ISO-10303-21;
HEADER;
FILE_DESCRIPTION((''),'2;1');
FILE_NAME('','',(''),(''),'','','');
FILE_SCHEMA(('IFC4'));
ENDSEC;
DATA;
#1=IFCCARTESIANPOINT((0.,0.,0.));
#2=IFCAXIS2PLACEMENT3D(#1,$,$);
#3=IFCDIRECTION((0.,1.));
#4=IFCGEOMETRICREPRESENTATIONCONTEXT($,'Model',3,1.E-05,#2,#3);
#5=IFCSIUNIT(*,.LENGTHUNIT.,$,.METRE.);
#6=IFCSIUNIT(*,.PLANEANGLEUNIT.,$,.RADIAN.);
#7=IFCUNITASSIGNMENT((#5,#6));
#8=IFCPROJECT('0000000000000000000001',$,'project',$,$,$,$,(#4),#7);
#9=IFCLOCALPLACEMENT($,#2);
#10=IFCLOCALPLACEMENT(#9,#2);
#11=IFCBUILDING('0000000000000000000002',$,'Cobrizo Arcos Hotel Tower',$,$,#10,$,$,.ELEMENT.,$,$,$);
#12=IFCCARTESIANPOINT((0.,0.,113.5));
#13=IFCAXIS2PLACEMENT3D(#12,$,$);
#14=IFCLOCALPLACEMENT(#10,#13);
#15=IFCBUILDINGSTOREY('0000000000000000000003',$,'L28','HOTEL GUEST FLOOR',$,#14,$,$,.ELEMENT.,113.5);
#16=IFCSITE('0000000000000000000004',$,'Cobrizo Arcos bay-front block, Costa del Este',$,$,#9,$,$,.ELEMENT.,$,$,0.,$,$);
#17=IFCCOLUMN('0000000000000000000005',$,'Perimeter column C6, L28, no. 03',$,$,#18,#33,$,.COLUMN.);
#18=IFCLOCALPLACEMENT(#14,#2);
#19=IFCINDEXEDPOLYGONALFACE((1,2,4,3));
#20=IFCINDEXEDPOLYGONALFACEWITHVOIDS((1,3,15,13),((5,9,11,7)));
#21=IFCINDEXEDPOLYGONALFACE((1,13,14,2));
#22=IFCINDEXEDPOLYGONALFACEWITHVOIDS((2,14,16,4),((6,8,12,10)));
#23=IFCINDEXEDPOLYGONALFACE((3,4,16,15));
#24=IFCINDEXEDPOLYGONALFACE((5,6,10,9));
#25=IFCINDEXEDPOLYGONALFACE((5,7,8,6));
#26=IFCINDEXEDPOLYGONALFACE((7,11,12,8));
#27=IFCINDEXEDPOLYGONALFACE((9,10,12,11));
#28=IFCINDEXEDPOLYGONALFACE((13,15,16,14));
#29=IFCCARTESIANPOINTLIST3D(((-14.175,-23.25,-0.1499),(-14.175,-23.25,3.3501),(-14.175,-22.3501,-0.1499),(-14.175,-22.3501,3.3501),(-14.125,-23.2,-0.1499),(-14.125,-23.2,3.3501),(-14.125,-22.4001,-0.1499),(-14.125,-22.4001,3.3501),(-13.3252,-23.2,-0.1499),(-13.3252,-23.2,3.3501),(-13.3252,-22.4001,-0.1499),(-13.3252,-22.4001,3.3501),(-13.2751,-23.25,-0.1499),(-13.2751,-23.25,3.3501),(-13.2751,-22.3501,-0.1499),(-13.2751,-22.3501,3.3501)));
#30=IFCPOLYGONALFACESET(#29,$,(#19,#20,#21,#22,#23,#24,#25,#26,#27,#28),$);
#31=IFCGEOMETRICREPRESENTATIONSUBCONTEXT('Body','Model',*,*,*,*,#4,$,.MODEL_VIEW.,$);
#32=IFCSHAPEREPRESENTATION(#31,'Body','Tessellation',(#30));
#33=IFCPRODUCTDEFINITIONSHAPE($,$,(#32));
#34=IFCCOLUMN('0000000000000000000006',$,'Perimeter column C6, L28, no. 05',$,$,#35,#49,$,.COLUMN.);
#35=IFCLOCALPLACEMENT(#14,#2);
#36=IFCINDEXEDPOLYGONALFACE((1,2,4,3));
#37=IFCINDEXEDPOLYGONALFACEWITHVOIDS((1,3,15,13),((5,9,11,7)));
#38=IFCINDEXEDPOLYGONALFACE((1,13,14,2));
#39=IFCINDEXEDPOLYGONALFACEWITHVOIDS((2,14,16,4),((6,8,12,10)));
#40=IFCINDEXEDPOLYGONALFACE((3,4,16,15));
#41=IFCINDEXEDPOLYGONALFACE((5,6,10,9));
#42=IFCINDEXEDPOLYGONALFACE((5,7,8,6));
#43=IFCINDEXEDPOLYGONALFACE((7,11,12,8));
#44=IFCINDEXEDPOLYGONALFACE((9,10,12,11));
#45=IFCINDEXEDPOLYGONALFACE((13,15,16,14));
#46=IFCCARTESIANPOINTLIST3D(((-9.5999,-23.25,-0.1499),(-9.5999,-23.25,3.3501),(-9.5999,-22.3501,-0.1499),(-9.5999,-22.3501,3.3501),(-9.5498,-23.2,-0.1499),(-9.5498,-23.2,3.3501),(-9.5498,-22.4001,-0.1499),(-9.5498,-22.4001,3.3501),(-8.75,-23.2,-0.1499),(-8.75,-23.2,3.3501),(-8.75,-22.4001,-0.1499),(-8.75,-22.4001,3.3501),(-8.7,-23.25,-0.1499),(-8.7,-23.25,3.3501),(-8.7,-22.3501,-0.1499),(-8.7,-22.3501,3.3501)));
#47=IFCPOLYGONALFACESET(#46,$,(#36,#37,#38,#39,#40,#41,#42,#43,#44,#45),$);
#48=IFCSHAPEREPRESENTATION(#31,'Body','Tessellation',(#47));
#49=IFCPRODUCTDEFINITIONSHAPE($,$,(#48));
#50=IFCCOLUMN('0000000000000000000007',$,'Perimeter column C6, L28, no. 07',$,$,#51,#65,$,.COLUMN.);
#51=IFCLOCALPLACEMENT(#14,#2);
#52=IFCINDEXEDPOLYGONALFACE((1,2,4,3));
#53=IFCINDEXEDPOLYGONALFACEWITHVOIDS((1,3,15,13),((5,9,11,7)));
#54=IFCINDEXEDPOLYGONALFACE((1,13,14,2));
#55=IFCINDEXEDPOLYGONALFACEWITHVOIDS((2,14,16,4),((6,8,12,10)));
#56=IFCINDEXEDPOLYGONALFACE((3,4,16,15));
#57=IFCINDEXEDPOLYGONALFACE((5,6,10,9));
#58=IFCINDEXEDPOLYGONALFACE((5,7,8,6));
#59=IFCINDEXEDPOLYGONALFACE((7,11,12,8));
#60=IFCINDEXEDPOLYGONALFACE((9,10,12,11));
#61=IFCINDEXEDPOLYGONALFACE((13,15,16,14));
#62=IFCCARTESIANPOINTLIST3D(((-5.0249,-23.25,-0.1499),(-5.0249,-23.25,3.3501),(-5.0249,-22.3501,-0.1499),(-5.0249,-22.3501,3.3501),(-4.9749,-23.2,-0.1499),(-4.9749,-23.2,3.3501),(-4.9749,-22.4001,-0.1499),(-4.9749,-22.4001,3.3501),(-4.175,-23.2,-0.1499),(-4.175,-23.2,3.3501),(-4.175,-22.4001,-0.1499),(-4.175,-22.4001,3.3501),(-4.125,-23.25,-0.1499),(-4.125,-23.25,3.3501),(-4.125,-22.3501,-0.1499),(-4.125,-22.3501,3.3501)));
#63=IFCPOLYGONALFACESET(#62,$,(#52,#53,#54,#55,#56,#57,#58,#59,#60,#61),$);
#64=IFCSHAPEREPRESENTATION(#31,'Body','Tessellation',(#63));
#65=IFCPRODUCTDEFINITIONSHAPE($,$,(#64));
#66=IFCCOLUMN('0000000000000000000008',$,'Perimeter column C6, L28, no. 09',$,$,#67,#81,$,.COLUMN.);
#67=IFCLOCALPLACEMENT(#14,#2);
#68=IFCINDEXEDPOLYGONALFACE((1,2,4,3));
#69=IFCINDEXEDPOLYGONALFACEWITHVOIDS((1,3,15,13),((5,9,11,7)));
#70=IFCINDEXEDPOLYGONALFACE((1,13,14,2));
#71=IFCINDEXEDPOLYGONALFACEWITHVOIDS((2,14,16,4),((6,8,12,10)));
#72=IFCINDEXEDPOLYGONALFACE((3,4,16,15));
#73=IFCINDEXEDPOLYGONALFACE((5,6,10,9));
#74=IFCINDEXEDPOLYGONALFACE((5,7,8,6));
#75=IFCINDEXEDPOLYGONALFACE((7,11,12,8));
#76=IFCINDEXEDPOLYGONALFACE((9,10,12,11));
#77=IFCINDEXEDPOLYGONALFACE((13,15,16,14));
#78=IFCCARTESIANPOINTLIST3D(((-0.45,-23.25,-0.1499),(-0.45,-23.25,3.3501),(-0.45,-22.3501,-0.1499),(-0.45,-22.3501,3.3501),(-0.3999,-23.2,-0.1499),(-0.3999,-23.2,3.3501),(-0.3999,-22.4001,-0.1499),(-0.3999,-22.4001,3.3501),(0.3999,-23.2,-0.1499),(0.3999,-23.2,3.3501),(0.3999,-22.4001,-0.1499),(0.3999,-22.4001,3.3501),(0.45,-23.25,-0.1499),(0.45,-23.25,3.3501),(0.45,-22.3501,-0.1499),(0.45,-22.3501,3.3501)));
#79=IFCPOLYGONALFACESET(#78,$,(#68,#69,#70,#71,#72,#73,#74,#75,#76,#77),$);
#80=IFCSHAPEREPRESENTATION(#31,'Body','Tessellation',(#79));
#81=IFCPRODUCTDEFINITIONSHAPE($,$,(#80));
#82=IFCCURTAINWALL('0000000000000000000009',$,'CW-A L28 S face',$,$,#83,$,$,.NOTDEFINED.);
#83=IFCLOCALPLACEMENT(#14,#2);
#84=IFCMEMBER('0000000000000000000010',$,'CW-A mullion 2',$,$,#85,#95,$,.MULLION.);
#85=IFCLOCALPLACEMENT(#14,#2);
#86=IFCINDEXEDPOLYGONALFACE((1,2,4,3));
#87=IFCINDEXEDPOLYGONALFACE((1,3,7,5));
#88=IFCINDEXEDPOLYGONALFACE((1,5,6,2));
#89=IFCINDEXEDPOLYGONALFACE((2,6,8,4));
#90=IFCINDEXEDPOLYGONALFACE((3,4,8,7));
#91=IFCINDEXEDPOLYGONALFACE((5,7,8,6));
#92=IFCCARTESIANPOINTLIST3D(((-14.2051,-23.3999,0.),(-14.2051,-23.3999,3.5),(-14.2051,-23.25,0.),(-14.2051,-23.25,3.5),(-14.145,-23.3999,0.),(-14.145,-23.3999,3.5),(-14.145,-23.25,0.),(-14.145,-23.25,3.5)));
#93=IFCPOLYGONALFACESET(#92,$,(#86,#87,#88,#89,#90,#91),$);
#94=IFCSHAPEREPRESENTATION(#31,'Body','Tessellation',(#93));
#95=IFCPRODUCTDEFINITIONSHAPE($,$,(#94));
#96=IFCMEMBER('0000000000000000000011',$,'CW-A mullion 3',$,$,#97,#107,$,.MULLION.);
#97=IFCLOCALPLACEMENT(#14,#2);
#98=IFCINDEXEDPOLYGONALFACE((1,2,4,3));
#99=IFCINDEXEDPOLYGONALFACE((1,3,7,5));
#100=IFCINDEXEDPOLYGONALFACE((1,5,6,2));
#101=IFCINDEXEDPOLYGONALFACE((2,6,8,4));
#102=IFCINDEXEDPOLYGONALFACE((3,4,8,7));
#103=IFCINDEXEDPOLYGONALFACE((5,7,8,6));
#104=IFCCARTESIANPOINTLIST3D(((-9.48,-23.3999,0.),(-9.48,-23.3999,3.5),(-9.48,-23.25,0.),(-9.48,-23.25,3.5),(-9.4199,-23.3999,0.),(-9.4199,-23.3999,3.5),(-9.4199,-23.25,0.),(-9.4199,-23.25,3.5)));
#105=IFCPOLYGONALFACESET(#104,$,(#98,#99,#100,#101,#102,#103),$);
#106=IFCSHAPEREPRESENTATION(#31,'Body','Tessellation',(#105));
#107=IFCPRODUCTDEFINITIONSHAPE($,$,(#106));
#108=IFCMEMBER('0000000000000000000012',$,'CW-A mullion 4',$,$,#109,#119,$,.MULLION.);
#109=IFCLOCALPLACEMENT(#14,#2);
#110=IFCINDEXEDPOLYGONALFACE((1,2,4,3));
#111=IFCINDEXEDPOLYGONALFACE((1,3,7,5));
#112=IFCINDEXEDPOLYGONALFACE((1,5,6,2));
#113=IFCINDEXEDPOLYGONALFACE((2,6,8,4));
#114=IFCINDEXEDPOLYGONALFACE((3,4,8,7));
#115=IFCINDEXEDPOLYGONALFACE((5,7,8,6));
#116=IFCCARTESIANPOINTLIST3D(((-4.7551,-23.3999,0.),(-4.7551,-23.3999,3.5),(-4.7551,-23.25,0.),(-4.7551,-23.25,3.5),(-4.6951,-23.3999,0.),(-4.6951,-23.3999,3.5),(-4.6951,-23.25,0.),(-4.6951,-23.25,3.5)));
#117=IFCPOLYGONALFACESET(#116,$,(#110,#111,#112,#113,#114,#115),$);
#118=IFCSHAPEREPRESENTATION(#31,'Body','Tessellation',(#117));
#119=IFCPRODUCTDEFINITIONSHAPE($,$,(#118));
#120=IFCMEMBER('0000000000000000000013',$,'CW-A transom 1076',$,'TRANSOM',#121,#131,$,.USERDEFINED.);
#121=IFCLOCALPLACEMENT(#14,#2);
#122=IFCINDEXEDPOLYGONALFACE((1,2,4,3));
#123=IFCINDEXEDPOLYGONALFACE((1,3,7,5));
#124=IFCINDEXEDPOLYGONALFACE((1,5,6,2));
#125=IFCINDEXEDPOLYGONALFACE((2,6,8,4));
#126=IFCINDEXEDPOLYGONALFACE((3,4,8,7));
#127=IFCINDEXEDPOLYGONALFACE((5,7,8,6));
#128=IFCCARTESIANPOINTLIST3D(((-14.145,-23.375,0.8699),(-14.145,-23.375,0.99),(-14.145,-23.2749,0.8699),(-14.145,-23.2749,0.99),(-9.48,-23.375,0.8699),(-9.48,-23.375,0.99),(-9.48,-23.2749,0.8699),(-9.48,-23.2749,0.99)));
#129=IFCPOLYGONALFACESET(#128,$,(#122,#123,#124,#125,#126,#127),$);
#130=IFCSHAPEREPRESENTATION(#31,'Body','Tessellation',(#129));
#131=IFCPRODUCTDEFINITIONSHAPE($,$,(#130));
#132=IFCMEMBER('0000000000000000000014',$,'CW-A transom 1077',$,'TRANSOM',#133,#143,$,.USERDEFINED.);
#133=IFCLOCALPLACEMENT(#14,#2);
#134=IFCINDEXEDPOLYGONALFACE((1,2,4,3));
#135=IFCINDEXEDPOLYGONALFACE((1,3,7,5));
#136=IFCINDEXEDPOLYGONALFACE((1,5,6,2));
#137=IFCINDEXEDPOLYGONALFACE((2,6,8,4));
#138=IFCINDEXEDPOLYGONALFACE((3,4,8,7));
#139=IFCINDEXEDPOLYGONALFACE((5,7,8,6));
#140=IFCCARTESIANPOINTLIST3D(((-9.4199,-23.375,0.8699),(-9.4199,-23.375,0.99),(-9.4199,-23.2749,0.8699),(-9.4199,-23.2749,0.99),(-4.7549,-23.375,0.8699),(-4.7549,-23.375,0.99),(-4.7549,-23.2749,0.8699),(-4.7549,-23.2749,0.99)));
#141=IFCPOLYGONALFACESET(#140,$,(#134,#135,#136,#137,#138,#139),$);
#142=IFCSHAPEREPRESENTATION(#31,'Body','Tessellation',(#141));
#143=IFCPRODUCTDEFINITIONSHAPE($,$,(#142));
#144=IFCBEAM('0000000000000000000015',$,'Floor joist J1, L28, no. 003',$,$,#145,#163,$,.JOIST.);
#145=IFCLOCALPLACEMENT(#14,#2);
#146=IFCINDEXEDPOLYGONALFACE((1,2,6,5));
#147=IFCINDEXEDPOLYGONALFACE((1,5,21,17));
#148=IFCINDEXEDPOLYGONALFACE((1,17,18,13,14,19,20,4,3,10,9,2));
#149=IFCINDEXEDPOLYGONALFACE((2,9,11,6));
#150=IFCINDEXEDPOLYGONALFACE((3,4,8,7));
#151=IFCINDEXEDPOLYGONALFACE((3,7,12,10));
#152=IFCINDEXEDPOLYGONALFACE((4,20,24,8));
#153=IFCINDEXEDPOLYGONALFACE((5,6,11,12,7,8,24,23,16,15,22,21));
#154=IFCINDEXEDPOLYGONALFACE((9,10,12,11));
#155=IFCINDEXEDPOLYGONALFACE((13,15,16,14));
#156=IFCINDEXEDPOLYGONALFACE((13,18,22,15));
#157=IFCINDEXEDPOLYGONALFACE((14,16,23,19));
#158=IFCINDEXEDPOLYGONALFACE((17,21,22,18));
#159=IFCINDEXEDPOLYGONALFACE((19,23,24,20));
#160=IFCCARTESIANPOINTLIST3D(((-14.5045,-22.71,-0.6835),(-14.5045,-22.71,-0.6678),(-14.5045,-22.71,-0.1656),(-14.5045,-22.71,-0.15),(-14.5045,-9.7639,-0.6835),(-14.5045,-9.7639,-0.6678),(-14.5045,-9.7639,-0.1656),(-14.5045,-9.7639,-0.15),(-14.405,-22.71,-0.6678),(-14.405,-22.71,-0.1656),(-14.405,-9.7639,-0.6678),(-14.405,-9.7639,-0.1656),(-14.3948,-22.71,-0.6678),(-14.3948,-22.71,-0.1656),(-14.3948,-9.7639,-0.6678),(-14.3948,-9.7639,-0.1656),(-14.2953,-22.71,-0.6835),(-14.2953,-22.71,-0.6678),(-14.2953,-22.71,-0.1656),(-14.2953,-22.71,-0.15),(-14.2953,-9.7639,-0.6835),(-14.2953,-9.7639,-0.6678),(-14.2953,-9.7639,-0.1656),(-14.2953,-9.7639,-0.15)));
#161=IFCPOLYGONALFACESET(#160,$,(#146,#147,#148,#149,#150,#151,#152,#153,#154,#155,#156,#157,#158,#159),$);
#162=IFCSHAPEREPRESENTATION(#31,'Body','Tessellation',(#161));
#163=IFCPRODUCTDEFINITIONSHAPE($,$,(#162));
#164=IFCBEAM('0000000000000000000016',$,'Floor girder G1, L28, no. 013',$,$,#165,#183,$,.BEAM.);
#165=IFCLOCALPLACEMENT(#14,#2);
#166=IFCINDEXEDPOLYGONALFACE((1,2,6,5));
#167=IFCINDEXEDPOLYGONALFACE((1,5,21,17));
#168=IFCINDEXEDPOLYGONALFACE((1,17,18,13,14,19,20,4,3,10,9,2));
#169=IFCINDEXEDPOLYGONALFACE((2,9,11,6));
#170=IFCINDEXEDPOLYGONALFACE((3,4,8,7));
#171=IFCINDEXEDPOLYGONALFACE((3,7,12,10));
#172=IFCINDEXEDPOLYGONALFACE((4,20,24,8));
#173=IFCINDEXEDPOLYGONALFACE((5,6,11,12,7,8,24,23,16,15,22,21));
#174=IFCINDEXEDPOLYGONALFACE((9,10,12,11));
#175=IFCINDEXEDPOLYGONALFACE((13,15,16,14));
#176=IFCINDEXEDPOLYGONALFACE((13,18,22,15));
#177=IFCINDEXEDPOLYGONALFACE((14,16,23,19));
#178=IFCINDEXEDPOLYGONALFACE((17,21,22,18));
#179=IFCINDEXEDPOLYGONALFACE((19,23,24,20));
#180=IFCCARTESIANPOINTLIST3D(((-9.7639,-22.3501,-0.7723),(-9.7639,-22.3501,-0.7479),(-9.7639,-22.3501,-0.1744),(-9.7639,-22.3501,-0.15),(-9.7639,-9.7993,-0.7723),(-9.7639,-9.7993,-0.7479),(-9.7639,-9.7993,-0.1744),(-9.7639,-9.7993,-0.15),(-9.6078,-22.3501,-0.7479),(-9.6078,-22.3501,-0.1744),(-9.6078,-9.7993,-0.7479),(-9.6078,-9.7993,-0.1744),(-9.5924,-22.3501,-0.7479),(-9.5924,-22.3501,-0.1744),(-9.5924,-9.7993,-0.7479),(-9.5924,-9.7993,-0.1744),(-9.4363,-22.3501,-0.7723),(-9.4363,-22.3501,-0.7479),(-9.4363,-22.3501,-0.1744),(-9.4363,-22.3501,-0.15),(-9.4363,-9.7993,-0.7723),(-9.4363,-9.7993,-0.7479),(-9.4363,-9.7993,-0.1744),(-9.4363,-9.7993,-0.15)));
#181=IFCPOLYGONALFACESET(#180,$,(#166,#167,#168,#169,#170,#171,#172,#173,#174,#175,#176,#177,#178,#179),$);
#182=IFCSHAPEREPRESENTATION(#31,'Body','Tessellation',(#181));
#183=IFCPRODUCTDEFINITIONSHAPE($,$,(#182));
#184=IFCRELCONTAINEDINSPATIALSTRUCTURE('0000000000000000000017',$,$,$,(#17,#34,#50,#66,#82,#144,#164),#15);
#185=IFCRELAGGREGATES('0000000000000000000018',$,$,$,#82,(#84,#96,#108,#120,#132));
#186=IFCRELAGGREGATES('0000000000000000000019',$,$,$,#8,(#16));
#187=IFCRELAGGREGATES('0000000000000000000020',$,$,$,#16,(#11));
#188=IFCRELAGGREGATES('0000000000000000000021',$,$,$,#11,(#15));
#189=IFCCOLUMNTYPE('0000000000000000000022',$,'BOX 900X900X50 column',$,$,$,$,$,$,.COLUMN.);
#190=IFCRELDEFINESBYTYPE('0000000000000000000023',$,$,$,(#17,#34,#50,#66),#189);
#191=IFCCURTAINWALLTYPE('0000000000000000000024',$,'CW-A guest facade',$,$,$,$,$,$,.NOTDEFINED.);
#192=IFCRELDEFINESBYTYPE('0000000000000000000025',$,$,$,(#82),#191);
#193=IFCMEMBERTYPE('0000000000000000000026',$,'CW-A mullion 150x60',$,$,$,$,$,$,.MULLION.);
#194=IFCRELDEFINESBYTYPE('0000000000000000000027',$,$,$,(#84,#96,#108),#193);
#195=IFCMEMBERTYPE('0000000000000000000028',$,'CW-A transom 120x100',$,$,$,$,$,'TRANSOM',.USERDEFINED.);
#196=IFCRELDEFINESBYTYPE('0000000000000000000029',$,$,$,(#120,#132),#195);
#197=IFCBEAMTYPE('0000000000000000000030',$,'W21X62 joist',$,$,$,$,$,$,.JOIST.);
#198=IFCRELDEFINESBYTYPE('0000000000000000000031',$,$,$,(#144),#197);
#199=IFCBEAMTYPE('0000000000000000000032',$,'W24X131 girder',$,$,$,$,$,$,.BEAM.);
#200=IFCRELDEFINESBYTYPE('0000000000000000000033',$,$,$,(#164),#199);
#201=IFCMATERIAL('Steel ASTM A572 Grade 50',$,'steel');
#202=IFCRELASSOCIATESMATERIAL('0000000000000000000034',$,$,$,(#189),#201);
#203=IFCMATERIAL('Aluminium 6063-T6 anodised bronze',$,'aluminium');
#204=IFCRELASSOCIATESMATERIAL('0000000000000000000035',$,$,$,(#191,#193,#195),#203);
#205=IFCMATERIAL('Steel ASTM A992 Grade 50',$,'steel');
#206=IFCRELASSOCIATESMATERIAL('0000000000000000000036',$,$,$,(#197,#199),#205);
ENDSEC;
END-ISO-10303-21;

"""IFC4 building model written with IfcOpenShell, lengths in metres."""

from ifc_helpers import new_model, si_unit, direction, frame, origin, origin_2d, place, context, subcontext, project, spatial, rectangle, hollow_rectangle, i_section, extrude, material, material_profile, profile_set, type_object, element, aggregate, save


model = new_model("IFC4")

# Units and contexts
model_context = context("Model", 3, precision=1e-05, world=origin(), true_north=direction((0.0, 1.0)))
body_context = subcontext(model_context, "Body", "Model", "MODEL_VIEW")
ifc_project = project(units=[si_unit("LENGTHUNIT", "METRE"), si_unit("PLANEANGLEUNIT", "RADIAN")], contexts=[model_context])

# Site, building, storey
site_placement = place(None, origin())
site = spatial("IfcSite", under=ifc_project, at=site_placement, Name="Cobrizo Arcos bay-front block, Costa del Este", CompositionType="ELEMENT", RefElevation=0.0)
building_placement = place(site_placement, origin())
building = spatial("IfcBuilding", under=site, at=building_placement, Name="Cobrizo Arcos Hotel Tower", CompositionType="ELEMENT")
storey_placement = place(building_placement, frame((0.0, 0.0, 113.5)))
storey = spatial("IfcBuildingStorey", under=building, at=storey_placement, Name="L28", Description="HOTEL GUEST FLOOR", CompositionType="ELEMENT", Elevation=113.5)

# Columns
ifc_material_1 = material(Name="Steel ASTM A572 Grade 50", Category="steel")
ifc_material_profile_1 = material_profile(ifc_material_1, hollow_rectangle(XDim=0.8999, YDim=0.8999, WallThickness=0.05, at=origin_2d()), Name="BOX 900X900X50")
ifc_profile_set_1 = profile_set([ifc_material_profile_1], Name="Steel ASTM A572 Grade 50")
column_type = type_object("IfcColumnType", Name="BOX 900X900X50 column", PredefinedType="COLUMN", material=ifc_profile_set_1)
for number, where, z_axis, x_axis, name in (
    (1, (-13.7251, -22.8, -0.1499), (0.0, 0.0, 1.0), (1.0, 0.0, 0.0), "Perimeter column C6, L28, no. 03"),
    (2, (-9.1499, -22.8, -0.1499), (0.0, 0.0, 1.0), (1.0, 0.0, 0.0), "Perimeter column C6, L28, no. 05"),
    (3, (-4.575, -22.8, -0.1499), (0.0, 0.0, 1.0), (1.0, 0.0, 0.0), "Perimeter column C6, L28, no. 07"),
    (4, (0.0, -22.8, -0.1499), (0.0, 0.0, 1.0), (1.0, 0.0, 0.0), "Perimeter column C6, L28, no. 09"),
):
    element("IfcColumn", number, at=place(storey_placement, frame(where, z_axis=z_axis, x_axis=x_axis)), inside=storey, type_object=column_type, Name=name, PredefinedType="COLUMN", context=body_context, shape_type="SweptSolid", body=[
        extrude(hollow_rectangle(XDim=0.8999, YDim=0.8999, WallThickness=0.05, at=origin_2d()), origin(), (0.0, 0.0, 1.0), 3.5),
    ])

# Curtain wall, members
ifc_material_2 = material(Name="Aluminium 6063-T6 anodised bronze", Category="aluminium")
curtain_wall_type = type_object("IfcCurtainWallType", Name="CW-A guest facade", PredefinedType="NOTDEFINED", material=ifc_material_2)
curtain_wall_placement = place(storey_placement, origin())
curtain_wall = element("IfcCurtainWall", 5, at=curtain_wall_placement, inside=storey, type_object=curtain_wall_type, Name="CW-A L28 S face", PredefinedType="NOTDEFINED")
ifc_material_profile_2 = material_profile(ifc_material_2, rectangle(XDim=0.1499, YDim=0.0601, at=origin_2d()), Name="CW-A mullion 150x60")
ifc_profile_set_2 = profile_set([ifc_material_profile_2], Name="Aluminium 6063-T6 anodised bronze")
member_type_1 = type_object("IfcMemberType", Name="CW-A mullion 150x60", PredefinedType="MULLION", material=ifc_profile_set_2)
member_1_placement = place(storey_placement, frame((-14.175, -23.325, 0.0), z_axis=(0.0, 0.0, 1.0), x_axis=(0.0, -1.0, 0.0)))
member_1 = element("IfcMember", 6, at=member_1_placement, type_object=member_type_1, Name="CW-A mullion 2", PredefinedType="MULLION", context=body_context, shape_type="SweptSolid", body=[
    extrude(rectangle(XDim=0.1499, YDim=0.0601, at=origin_2d()), origin(), (0.0, 0.0, 1.0), 3.5),
])
member_2_placement = place(storey_placement, frame((-9.45, -23.325, 0.0), z_axis=(0.0, 0.0, 1.0), x_axis=(0.0, -1.0, 0.0)))
member_2 = element("IfcMember", 7, at=member_2_placement, type_object=member_type_1, Name="CW-A mullion 3", PredefinedType="MULLION", context=body_context, shape_type="SweptSolid", body=[
    extrude(rectangle(XDim=0.1499, YDim=0.0601, at=origin_2d()), origin(), (0.0, 0.0, 1.0), 3.5),
])
member_3_placement = place(storey_placement, frame((-4.7251, -23.325, 0.0), z_axis=(0.0, 0.0, 1.0), x_axis=(0.0, -1.0, 0.0)))
member_3 = element("IfcMember", 8, at=member_3_placement, type_object=member_type_1, Name="CW-A mullion 4", PredefinedType="MULLION", context=body_context, shape_type="SweptSolid", body=[
    extrude(rectangle(XDim=0.1499, YDim=0.0601, at=origin_2d()), origin(), (0.0, 0.0, 1.0), 3.5),
])
ifc_material_profile_3 = material_profile(ifc_material_2, rectangle(XDim=0.1001, YDim=0.1201, at=origin_2d()), Name="CW-A transom 120x100")
ifc_profile_set_3 = profile_set([ifc_material_profile_3], Name="Aluminium 6063-T6 anodised bronze")
member_type_2 = type_object("IfcMemberType", Name="CW-A transom 120x100", ElementType="TRANSOM", PredefinedType="USERDEFINED", material=ifc_profile_set_3)
member_4_placement = place(storey_placement, frame((-14.145, -23.325, 0.9299), z_axis=(1.0, 0.0, 0.0), x_axis=(0.0, 1.0, 0.0)))
member_4 = element("IfcMember", 9, at=member_4_placement, type_object=member_type_2, Name="CW-A transom 1076", ObjectType="TRANSOM", PredefinedType="USERDEFINED", context=body_context, shape_type="SweptSolid", body=[
    extrude(rectangle(XDim=0.1001, YDim=0.1201, at=origin_2d()), origin(), (0.0, 0.0, 1.0), 4.665),
])
member_5_placement = place(storey_placement, frame((-9.4199, -23.325, 0.9299), z_axis=(1.0, 0.0, 0.0), x_axis=(0.0, 1.0, 0.0)))
member_5 = element("IfcMember", 10, at=member_5_placement, type_object=member_type_2, Name="CW-A transom 1077", ObjectType="TRANSOM", PredefinedType="USERDEFINED", context=body_context, shape_type="SweptSolid", body=[
    extrude(rectangle(XDim=0.1001, YDim=0.1201, at=origin_2d()), origin(), (0.0, 0.0, 1.0), 4.665),
])

# Beams
ifc_material_3 = material(Name="Steel ASTM A992 Grade 50", Category="steel")
ifc_material_profile_4 = material_profile(ifc_material_3, i_section(OverallWidth=0.2092, OverallDepth=0.5334, WebThickness=0.0103, FlangeThickness=0.0156, at=origin_2d()), Name="W21X62")
ifc_profile_set_4 = profile_set([ifc_material_profile_4], Name="Steel ASTM A992 Grade 50")
beam_type_1 = type_object("IfcBeamType", Name="W21X62 joist", PredefinedType="JOIST", material=ifc_profile_set_4)
beam_1_placement = place(storey_placement, frame((-14.3999, -22.71, -0.4167), z_axis=(0.0, 1.0, 0.0), x_axis=(-1.0, 0.0, 0.0)))
element("IfcBeam", 11, at=beam_1_placement, inside=storey, type_object=beam_type_1, Name="Floor joist J1, L28, no. 003", PredefinedType="JOIST", context=body_context, shape_type="SweptSolid", body=[
    extrude(i_section(OverallWidth=0.2092, OverallDepth=0.5334, WebThickness=0.0103, FlangeThickness=0.0156, at=origin_2d()), origin(), (0.0, 0.0, 1.0), 12.946),
])
ifc_material_profile_5 = material_profile(ifc_material_3, i_section(OverallWidth=0.3276, OverallDepth=0.6223, WebThickness=0.0154, FlangeThickness=0.0244, at=origin_2d()), Name="W24X131")
ifc_profile_set_5 = profile_set([ifc_material_profile_5], Name="Steel ASTM A992 Grade 50")
beam_type_2 = type_object("IfcBeamType", Name="W24X131 girder", PredefinedType="BEAM", material=ifc_profile_set_5)
beam_2_placement = place(storey_placement, frame((-9.6001, -22.3501, -0.4612), z_axis=(0.0, 1.0, 0.0), x_axis=(-1.0, 0.0, 0.0)))
element("IfcBeam", 12, at=beam_2_placement, inside=storey, type_object=beam_type_2, Name="Floor girder G1, L28, no. 013", PredefinedType="BEAM", context=body_context, shape_type="SweptSolid", body=[
    extrude(i_section(OverallWidth=0.3276, OverallDepth=0.6223, WebThickness=0.0154, FlangeThickness=0.0244, at=origin_2d()), origin(), (0.0, 0.0, 1.0), 12.5508),
])

aggregate(curtain_wall, [member_1, member_2, member_3, member_4, member_5])

save(model, "model.ifc")
